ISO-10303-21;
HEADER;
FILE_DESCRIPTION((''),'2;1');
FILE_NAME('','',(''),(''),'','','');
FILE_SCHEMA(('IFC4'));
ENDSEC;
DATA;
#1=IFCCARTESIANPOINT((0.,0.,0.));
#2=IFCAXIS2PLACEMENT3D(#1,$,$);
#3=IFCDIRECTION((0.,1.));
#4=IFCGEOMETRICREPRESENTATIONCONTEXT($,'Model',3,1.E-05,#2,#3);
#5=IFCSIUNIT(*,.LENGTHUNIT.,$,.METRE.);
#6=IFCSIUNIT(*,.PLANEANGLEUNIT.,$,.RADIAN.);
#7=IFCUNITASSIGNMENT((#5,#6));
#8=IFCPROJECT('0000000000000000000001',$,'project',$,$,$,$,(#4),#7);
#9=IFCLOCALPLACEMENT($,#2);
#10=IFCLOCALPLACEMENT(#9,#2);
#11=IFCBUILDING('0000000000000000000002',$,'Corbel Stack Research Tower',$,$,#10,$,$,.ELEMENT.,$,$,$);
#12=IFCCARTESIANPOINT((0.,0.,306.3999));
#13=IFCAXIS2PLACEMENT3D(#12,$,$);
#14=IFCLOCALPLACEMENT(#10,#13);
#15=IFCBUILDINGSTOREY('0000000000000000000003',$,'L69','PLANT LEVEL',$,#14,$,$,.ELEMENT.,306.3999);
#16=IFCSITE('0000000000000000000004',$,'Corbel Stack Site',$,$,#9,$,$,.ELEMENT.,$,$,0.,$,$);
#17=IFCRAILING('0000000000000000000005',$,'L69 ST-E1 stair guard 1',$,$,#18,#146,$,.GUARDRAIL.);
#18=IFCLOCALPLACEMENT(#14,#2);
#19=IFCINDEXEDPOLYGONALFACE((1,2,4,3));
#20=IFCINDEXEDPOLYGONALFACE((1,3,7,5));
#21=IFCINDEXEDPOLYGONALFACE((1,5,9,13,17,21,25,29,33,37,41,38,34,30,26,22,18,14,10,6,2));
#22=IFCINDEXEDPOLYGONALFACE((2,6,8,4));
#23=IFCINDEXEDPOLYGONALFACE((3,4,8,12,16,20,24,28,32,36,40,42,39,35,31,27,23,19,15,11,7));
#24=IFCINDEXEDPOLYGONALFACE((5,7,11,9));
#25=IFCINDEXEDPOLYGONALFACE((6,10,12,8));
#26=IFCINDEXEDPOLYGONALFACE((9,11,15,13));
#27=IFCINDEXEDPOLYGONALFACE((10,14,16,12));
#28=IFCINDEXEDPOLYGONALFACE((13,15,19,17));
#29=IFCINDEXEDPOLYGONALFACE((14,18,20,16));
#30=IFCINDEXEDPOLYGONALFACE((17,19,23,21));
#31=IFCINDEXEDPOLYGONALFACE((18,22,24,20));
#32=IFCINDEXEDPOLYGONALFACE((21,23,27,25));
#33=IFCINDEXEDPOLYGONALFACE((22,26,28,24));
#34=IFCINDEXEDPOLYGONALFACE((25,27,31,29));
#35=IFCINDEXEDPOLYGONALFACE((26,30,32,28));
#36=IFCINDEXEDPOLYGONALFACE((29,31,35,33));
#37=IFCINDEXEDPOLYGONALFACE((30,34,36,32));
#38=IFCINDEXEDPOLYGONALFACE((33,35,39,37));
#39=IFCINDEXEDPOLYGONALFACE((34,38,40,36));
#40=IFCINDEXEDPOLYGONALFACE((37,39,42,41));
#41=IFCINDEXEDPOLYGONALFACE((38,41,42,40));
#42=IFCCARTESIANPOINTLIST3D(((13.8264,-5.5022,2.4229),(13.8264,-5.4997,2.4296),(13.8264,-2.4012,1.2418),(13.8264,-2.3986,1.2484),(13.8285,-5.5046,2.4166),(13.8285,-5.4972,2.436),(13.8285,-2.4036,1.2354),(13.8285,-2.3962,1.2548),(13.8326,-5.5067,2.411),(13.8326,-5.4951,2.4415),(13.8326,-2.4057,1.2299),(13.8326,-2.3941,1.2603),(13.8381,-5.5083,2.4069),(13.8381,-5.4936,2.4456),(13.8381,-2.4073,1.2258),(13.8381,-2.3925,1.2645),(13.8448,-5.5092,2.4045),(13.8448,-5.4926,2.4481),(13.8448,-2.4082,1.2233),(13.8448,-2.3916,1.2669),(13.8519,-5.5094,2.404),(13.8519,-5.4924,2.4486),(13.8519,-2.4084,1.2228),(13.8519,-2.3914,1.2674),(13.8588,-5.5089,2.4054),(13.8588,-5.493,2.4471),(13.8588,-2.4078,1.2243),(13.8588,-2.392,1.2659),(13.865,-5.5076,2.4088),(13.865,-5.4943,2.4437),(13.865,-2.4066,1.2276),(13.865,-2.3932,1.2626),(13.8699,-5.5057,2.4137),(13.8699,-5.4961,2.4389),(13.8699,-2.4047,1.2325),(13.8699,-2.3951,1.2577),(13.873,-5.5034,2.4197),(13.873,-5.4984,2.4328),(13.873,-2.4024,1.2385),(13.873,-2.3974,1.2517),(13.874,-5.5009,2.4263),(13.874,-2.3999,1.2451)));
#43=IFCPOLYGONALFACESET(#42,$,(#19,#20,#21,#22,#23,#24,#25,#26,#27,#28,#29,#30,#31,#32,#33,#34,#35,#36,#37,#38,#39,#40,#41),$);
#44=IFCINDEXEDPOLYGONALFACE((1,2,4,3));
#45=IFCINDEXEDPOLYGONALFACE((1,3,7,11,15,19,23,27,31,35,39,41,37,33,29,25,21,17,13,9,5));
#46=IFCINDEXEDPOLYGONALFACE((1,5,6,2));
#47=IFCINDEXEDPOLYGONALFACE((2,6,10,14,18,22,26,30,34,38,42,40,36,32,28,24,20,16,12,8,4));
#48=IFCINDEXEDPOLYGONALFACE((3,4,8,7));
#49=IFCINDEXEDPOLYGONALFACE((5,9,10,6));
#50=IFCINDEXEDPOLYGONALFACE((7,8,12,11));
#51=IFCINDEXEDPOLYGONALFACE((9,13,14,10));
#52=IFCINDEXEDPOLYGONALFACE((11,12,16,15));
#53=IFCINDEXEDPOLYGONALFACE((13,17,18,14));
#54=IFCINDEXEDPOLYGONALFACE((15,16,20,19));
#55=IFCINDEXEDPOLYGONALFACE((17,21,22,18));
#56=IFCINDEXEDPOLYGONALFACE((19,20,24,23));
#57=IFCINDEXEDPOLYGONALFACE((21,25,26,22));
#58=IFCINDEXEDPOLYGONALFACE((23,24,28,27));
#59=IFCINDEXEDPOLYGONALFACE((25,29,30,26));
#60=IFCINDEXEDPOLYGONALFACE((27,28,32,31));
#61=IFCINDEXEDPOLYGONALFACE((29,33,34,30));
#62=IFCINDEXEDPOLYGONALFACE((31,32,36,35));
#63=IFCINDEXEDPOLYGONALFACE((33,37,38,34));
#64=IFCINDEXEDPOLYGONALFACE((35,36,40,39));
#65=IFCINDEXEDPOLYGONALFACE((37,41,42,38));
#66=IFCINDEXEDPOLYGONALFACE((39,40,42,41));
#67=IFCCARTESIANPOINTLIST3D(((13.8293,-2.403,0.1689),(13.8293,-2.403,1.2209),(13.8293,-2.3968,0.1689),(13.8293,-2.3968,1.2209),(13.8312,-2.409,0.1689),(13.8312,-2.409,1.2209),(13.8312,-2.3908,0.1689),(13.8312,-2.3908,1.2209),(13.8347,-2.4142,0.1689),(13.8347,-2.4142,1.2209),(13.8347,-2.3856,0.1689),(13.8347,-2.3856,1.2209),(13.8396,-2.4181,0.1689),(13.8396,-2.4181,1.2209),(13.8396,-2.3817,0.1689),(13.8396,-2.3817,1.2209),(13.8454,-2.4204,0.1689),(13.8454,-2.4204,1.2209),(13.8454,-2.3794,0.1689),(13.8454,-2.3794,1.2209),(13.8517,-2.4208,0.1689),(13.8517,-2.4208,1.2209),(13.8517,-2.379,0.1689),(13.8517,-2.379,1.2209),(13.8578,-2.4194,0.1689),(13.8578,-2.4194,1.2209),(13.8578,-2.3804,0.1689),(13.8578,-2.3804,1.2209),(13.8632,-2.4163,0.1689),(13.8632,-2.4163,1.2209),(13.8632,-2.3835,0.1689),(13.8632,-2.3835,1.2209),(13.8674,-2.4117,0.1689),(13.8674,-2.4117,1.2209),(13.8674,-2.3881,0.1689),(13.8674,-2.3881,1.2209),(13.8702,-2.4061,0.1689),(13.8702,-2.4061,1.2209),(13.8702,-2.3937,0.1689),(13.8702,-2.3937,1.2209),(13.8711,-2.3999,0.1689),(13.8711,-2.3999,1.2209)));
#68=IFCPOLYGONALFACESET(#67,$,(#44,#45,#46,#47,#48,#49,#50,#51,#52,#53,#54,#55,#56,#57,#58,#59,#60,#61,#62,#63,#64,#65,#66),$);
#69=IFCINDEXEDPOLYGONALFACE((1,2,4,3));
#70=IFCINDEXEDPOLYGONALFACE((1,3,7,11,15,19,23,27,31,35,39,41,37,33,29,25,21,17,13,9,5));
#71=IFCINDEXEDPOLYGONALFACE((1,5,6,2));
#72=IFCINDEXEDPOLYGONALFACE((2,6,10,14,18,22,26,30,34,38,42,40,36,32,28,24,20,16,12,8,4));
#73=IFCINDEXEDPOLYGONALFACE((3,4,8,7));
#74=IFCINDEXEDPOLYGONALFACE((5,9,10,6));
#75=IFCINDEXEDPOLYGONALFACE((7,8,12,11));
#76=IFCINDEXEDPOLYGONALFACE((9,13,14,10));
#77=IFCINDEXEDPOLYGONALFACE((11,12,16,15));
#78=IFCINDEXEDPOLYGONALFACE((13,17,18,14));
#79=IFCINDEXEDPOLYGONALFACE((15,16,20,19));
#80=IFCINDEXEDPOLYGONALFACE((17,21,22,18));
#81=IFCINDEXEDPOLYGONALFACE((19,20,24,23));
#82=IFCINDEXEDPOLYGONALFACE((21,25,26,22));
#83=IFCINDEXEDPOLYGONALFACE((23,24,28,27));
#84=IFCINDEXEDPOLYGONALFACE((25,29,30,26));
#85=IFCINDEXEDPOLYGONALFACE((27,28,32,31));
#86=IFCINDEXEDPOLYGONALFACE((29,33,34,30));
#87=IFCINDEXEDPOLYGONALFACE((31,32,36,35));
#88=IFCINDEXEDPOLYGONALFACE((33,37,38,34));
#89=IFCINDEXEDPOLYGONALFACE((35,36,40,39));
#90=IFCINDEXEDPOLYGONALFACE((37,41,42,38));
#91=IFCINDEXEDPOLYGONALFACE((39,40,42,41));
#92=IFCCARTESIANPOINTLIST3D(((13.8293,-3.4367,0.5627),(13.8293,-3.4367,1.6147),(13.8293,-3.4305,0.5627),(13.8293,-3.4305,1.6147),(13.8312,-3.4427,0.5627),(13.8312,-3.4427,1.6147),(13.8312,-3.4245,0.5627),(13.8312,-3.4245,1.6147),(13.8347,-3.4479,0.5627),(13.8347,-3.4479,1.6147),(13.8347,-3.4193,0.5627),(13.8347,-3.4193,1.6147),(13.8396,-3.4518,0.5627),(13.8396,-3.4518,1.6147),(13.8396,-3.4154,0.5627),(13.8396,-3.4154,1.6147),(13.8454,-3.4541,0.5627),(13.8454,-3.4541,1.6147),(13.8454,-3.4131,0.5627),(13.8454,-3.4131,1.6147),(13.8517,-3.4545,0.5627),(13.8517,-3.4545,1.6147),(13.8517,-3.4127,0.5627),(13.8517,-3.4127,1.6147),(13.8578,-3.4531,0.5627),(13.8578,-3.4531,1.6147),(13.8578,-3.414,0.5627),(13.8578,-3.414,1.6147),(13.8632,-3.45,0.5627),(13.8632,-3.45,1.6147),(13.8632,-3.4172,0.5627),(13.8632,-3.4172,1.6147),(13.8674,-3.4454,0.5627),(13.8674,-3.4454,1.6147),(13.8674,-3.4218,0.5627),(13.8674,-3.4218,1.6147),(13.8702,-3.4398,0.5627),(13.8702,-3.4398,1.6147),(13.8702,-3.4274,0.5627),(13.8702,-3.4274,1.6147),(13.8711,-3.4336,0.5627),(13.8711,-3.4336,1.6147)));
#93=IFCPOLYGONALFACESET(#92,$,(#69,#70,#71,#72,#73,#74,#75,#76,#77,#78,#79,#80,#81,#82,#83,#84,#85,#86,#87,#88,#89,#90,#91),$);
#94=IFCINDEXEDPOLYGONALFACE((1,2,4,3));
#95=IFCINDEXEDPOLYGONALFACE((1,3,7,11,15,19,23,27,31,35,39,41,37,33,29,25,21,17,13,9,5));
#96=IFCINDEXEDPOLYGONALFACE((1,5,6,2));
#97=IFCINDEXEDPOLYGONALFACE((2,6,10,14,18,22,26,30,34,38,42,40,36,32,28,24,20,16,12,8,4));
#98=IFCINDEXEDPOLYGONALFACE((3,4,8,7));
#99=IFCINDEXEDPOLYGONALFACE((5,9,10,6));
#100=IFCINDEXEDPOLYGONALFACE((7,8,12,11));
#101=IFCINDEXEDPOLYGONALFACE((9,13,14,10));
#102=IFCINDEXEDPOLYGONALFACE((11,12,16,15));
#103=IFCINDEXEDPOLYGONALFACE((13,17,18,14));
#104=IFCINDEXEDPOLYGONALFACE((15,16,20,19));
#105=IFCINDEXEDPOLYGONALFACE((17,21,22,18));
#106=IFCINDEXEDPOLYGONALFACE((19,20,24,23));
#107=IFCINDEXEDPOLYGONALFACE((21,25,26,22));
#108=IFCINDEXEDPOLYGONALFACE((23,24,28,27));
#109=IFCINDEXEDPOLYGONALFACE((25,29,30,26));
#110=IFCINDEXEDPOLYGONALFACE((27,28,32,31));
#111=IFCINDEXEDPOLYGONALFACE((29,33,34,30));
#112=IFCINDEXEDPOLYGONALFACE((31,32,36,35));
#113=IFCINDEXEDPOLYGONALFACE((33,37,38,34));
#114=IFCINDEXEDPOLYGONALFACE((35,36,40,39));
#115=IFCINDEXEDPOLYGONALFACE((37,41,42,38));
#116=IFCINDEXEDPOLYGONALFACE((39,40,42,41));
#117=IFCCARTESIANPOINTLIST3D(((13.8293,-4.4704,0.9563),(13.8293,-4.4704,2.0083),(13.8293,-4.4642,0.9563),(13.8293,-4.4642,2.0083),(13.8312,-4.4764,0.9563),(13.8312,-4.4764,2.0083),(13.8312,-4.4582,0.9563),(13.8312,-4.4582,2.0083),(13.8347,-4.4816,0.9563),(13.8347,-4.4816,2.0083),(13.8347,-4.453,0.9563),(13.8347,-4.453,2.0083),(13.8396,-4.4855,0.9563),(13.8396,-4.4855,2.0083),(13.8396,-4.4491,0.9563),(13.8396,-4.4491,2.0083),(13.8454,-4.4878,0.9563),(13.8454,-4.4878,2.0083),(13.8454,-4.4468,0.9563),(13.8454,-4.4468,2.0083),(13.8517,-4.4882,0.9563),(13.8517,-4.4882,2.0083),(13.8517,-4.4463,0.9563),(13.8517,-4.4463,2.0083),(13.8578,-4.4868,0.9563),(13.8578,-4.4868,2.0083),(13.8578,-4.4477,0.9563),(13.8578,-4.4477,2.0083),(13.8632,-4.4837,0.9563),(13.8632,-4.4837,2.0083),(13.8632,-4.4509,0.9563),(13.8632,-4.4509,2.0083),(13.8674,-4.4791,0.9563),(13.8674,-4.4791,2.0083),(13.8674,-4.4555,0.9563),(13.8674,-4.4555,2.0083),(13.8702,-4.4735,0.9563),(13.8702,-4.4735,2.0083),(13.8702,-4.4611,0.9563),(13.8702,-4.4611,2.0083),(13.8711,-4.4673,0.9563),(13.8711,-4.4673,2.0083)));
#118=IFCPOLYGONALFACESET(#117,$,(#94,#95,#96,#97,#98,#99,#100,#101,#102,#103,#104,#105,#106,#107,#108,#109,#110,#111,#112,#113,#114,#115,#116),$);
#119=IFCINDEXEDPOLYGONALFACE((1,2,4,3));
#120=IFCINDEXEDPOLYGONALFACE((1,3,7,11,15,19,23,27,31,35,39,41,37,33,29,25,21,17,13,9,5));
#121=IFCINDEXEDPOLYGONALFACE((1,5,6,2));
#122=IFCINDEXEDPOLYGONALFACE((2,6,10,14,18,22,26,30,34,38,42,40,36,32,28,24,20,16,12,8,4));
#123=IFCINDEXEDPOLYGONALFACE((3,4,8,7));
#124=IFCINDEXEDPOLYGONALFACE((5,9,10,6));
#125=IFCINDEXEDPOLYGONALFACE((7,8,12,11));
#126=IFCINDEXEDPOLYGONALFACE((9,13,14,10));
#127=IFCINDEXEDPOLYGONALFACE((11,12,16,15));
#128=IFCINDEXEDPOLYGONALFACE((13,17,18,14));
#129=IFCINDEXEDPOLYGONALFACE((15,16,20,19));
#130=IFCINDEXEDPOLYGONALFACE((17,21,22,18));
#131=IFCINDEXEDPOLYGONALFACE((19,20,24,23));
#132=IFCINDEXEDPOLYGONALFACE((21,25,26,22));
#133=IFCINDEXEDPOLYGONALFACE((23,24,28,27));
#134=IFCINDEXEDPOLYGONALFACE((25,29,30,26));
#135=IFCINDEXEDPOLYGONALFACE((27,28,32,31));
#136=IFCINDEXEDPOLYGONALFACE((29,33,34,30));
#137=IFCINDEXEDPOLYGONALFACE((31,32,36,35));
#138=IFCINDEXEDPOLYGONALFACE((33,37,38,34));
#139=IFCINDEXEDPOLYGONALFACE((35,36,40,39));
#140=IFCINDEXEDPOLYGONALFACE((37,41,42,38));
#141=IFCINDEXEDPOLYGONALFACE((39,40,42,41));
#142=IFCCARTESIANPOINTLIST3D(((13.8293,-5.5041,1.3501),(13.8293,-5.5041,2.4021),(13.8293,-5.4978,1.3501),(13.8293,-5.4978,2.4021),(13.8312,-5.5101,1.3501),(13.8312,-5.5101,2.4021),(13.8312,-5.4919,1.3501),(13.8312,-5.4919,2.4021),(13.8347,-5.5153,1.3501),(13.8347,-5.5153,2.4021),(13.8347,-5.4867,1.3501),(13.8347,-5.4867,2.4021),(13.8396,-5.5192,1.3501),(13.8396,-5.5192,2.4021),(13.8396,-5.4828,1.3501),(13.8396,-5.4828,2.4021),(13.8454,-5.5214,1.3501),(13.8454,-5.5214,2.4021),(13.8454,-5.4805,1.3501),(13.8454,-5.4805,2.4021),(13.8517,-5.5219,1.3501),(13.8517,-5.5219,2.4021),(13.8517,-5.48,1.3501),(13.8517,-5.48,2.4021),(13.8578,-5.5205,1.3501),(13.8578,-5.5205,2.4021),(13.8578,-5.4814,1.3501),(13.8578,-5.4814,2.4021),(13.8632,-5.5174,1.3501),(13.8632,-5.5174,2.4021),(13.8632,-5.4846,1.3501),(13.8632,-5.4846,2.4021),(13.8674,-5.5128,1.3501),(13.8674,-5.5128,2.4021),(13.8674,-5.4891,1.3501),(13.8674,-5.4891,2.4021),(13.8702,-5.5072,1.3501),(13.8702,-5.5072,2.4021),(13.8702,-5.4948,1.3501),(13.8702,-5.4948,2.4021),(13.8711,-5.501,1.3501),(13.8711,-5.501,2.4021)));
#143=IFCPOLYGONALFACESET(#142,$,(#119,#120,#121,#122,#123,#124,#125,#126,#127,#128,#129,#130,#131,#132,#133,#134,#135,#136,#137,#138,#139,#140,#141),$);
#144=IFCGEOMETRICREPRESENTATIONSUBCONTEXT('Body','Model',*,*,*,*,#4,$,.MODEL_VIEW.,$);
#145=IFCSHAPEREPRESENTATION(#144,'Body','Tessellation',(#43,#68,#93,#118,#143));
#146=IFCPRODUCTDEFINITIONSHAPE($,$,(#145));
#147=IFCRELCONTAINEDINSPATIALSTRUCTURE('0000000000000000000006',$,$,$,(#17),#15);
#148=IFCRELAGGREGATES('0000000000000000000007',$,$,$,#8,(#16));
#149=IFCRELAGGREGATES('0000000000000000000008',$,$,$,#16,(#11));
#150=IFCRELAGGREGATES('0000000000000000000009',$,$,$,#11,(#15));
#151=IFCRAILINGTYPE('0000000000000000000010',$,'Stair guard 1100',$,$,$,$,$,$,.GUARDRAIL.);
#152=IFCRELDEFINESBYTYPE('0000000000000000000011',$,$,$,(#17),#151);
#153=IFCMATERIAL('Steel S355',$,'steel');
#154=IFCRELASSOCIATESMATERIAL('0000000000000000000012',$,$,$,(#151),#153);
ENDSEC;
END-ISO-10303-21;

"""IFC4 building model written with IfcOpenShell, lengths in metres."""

from ifc_helpers import new_model, si_unit, direction, frame, origin, origin_2d, place, context, subcontext, project, spatial, circle, extrude, material, type_object, element, save


model = new_model("IFC4")

# Units and contexts
model_context = context("Model", 3, precision=1e-05, world=origin(), true_north=direction((0.0, 1.0)))
body_context = subcontext(model_context, "Body", "Model", "MODEL_VIEW")
ifc_project = project(units=[si_unit("LENGTHUNIT", "METRE"), si_unit("PLANEANGLEUNIT", "RADIAN")], contexts=[model_context])

# Site, building, storey
site_placement = place(None, origin())
site = spatial("IfcSite", under=ifc_project, at=site_placement, Name="Corbel Stack Site", CompositionType="ELEMENT", RefElevation=0.0)
building_placement = place(site_placement, origin())
building = spatial("IfcBuilding", under=site, at=building_placement, Name="Corbel Stack Research Tower", CompositionType="ELEMENT")
storey_placement = place(building_placement, frame((0.0, 0.0, 306.3999)))
storey = spatial("IfcBuildingStorey", under=building, at=storey_placement, Name="L69", Description="PLANT LEVEL", CompositionType="ELEMENT", Elevation=306.3999)

# Railing
ifc_material_1 = material(Name="Steel S355", Category="steel")
railing_type_1 = type_object("IfcRailingType", Name="Stair guard 1100", PredefinedType="GUARDRAIL", material=ifc_material_1)
railing_1_placement = place(storey_placement, frame((13.8501, -2.3999, 0.1689)))
element("IfcRailing", 1, at=railing_1_placement, inside=storey, type_object=railing_type_1, Name="L69 ST-E1 stair guard 1", PredefinedType="GUARDRAIL", context=body_context, shape_type="SweptSolid", body=[
    extrude(circle(Radius=0.0239, at=origin_2d()), frame((0.0, 0.0, 1.0762), z_axis=(0.0, -0.934509, 0.35594), x_axis=(1.0, 0.0, 0.0)), (0.0, 0.0, 1.0), 3.3184),
    extrude(circle(Radius=0.021, at=origin_2d()), origin(), (0.0, 0.0, 1.0), 1.052),
    extrude(circle(Radius=0.021, at=origin_2d()), frame((0.0, -1.0337, 0.3938)), (0.0, 0.0, 1.0), 1.052),
    extrude(circle(Radius=0.021, at=origin_2d()), frame((0.0, -2.0674, 0.7874)), (0.0, 0.0, 1.0), 1.052),
    extrude(circle(Radius=0.021, at=origin_2d()), frame((0.0, -3.1011, 1.1812)), (0.0, 0.0, 1.0), 1.052),
])

save(model, "model.ifc")
